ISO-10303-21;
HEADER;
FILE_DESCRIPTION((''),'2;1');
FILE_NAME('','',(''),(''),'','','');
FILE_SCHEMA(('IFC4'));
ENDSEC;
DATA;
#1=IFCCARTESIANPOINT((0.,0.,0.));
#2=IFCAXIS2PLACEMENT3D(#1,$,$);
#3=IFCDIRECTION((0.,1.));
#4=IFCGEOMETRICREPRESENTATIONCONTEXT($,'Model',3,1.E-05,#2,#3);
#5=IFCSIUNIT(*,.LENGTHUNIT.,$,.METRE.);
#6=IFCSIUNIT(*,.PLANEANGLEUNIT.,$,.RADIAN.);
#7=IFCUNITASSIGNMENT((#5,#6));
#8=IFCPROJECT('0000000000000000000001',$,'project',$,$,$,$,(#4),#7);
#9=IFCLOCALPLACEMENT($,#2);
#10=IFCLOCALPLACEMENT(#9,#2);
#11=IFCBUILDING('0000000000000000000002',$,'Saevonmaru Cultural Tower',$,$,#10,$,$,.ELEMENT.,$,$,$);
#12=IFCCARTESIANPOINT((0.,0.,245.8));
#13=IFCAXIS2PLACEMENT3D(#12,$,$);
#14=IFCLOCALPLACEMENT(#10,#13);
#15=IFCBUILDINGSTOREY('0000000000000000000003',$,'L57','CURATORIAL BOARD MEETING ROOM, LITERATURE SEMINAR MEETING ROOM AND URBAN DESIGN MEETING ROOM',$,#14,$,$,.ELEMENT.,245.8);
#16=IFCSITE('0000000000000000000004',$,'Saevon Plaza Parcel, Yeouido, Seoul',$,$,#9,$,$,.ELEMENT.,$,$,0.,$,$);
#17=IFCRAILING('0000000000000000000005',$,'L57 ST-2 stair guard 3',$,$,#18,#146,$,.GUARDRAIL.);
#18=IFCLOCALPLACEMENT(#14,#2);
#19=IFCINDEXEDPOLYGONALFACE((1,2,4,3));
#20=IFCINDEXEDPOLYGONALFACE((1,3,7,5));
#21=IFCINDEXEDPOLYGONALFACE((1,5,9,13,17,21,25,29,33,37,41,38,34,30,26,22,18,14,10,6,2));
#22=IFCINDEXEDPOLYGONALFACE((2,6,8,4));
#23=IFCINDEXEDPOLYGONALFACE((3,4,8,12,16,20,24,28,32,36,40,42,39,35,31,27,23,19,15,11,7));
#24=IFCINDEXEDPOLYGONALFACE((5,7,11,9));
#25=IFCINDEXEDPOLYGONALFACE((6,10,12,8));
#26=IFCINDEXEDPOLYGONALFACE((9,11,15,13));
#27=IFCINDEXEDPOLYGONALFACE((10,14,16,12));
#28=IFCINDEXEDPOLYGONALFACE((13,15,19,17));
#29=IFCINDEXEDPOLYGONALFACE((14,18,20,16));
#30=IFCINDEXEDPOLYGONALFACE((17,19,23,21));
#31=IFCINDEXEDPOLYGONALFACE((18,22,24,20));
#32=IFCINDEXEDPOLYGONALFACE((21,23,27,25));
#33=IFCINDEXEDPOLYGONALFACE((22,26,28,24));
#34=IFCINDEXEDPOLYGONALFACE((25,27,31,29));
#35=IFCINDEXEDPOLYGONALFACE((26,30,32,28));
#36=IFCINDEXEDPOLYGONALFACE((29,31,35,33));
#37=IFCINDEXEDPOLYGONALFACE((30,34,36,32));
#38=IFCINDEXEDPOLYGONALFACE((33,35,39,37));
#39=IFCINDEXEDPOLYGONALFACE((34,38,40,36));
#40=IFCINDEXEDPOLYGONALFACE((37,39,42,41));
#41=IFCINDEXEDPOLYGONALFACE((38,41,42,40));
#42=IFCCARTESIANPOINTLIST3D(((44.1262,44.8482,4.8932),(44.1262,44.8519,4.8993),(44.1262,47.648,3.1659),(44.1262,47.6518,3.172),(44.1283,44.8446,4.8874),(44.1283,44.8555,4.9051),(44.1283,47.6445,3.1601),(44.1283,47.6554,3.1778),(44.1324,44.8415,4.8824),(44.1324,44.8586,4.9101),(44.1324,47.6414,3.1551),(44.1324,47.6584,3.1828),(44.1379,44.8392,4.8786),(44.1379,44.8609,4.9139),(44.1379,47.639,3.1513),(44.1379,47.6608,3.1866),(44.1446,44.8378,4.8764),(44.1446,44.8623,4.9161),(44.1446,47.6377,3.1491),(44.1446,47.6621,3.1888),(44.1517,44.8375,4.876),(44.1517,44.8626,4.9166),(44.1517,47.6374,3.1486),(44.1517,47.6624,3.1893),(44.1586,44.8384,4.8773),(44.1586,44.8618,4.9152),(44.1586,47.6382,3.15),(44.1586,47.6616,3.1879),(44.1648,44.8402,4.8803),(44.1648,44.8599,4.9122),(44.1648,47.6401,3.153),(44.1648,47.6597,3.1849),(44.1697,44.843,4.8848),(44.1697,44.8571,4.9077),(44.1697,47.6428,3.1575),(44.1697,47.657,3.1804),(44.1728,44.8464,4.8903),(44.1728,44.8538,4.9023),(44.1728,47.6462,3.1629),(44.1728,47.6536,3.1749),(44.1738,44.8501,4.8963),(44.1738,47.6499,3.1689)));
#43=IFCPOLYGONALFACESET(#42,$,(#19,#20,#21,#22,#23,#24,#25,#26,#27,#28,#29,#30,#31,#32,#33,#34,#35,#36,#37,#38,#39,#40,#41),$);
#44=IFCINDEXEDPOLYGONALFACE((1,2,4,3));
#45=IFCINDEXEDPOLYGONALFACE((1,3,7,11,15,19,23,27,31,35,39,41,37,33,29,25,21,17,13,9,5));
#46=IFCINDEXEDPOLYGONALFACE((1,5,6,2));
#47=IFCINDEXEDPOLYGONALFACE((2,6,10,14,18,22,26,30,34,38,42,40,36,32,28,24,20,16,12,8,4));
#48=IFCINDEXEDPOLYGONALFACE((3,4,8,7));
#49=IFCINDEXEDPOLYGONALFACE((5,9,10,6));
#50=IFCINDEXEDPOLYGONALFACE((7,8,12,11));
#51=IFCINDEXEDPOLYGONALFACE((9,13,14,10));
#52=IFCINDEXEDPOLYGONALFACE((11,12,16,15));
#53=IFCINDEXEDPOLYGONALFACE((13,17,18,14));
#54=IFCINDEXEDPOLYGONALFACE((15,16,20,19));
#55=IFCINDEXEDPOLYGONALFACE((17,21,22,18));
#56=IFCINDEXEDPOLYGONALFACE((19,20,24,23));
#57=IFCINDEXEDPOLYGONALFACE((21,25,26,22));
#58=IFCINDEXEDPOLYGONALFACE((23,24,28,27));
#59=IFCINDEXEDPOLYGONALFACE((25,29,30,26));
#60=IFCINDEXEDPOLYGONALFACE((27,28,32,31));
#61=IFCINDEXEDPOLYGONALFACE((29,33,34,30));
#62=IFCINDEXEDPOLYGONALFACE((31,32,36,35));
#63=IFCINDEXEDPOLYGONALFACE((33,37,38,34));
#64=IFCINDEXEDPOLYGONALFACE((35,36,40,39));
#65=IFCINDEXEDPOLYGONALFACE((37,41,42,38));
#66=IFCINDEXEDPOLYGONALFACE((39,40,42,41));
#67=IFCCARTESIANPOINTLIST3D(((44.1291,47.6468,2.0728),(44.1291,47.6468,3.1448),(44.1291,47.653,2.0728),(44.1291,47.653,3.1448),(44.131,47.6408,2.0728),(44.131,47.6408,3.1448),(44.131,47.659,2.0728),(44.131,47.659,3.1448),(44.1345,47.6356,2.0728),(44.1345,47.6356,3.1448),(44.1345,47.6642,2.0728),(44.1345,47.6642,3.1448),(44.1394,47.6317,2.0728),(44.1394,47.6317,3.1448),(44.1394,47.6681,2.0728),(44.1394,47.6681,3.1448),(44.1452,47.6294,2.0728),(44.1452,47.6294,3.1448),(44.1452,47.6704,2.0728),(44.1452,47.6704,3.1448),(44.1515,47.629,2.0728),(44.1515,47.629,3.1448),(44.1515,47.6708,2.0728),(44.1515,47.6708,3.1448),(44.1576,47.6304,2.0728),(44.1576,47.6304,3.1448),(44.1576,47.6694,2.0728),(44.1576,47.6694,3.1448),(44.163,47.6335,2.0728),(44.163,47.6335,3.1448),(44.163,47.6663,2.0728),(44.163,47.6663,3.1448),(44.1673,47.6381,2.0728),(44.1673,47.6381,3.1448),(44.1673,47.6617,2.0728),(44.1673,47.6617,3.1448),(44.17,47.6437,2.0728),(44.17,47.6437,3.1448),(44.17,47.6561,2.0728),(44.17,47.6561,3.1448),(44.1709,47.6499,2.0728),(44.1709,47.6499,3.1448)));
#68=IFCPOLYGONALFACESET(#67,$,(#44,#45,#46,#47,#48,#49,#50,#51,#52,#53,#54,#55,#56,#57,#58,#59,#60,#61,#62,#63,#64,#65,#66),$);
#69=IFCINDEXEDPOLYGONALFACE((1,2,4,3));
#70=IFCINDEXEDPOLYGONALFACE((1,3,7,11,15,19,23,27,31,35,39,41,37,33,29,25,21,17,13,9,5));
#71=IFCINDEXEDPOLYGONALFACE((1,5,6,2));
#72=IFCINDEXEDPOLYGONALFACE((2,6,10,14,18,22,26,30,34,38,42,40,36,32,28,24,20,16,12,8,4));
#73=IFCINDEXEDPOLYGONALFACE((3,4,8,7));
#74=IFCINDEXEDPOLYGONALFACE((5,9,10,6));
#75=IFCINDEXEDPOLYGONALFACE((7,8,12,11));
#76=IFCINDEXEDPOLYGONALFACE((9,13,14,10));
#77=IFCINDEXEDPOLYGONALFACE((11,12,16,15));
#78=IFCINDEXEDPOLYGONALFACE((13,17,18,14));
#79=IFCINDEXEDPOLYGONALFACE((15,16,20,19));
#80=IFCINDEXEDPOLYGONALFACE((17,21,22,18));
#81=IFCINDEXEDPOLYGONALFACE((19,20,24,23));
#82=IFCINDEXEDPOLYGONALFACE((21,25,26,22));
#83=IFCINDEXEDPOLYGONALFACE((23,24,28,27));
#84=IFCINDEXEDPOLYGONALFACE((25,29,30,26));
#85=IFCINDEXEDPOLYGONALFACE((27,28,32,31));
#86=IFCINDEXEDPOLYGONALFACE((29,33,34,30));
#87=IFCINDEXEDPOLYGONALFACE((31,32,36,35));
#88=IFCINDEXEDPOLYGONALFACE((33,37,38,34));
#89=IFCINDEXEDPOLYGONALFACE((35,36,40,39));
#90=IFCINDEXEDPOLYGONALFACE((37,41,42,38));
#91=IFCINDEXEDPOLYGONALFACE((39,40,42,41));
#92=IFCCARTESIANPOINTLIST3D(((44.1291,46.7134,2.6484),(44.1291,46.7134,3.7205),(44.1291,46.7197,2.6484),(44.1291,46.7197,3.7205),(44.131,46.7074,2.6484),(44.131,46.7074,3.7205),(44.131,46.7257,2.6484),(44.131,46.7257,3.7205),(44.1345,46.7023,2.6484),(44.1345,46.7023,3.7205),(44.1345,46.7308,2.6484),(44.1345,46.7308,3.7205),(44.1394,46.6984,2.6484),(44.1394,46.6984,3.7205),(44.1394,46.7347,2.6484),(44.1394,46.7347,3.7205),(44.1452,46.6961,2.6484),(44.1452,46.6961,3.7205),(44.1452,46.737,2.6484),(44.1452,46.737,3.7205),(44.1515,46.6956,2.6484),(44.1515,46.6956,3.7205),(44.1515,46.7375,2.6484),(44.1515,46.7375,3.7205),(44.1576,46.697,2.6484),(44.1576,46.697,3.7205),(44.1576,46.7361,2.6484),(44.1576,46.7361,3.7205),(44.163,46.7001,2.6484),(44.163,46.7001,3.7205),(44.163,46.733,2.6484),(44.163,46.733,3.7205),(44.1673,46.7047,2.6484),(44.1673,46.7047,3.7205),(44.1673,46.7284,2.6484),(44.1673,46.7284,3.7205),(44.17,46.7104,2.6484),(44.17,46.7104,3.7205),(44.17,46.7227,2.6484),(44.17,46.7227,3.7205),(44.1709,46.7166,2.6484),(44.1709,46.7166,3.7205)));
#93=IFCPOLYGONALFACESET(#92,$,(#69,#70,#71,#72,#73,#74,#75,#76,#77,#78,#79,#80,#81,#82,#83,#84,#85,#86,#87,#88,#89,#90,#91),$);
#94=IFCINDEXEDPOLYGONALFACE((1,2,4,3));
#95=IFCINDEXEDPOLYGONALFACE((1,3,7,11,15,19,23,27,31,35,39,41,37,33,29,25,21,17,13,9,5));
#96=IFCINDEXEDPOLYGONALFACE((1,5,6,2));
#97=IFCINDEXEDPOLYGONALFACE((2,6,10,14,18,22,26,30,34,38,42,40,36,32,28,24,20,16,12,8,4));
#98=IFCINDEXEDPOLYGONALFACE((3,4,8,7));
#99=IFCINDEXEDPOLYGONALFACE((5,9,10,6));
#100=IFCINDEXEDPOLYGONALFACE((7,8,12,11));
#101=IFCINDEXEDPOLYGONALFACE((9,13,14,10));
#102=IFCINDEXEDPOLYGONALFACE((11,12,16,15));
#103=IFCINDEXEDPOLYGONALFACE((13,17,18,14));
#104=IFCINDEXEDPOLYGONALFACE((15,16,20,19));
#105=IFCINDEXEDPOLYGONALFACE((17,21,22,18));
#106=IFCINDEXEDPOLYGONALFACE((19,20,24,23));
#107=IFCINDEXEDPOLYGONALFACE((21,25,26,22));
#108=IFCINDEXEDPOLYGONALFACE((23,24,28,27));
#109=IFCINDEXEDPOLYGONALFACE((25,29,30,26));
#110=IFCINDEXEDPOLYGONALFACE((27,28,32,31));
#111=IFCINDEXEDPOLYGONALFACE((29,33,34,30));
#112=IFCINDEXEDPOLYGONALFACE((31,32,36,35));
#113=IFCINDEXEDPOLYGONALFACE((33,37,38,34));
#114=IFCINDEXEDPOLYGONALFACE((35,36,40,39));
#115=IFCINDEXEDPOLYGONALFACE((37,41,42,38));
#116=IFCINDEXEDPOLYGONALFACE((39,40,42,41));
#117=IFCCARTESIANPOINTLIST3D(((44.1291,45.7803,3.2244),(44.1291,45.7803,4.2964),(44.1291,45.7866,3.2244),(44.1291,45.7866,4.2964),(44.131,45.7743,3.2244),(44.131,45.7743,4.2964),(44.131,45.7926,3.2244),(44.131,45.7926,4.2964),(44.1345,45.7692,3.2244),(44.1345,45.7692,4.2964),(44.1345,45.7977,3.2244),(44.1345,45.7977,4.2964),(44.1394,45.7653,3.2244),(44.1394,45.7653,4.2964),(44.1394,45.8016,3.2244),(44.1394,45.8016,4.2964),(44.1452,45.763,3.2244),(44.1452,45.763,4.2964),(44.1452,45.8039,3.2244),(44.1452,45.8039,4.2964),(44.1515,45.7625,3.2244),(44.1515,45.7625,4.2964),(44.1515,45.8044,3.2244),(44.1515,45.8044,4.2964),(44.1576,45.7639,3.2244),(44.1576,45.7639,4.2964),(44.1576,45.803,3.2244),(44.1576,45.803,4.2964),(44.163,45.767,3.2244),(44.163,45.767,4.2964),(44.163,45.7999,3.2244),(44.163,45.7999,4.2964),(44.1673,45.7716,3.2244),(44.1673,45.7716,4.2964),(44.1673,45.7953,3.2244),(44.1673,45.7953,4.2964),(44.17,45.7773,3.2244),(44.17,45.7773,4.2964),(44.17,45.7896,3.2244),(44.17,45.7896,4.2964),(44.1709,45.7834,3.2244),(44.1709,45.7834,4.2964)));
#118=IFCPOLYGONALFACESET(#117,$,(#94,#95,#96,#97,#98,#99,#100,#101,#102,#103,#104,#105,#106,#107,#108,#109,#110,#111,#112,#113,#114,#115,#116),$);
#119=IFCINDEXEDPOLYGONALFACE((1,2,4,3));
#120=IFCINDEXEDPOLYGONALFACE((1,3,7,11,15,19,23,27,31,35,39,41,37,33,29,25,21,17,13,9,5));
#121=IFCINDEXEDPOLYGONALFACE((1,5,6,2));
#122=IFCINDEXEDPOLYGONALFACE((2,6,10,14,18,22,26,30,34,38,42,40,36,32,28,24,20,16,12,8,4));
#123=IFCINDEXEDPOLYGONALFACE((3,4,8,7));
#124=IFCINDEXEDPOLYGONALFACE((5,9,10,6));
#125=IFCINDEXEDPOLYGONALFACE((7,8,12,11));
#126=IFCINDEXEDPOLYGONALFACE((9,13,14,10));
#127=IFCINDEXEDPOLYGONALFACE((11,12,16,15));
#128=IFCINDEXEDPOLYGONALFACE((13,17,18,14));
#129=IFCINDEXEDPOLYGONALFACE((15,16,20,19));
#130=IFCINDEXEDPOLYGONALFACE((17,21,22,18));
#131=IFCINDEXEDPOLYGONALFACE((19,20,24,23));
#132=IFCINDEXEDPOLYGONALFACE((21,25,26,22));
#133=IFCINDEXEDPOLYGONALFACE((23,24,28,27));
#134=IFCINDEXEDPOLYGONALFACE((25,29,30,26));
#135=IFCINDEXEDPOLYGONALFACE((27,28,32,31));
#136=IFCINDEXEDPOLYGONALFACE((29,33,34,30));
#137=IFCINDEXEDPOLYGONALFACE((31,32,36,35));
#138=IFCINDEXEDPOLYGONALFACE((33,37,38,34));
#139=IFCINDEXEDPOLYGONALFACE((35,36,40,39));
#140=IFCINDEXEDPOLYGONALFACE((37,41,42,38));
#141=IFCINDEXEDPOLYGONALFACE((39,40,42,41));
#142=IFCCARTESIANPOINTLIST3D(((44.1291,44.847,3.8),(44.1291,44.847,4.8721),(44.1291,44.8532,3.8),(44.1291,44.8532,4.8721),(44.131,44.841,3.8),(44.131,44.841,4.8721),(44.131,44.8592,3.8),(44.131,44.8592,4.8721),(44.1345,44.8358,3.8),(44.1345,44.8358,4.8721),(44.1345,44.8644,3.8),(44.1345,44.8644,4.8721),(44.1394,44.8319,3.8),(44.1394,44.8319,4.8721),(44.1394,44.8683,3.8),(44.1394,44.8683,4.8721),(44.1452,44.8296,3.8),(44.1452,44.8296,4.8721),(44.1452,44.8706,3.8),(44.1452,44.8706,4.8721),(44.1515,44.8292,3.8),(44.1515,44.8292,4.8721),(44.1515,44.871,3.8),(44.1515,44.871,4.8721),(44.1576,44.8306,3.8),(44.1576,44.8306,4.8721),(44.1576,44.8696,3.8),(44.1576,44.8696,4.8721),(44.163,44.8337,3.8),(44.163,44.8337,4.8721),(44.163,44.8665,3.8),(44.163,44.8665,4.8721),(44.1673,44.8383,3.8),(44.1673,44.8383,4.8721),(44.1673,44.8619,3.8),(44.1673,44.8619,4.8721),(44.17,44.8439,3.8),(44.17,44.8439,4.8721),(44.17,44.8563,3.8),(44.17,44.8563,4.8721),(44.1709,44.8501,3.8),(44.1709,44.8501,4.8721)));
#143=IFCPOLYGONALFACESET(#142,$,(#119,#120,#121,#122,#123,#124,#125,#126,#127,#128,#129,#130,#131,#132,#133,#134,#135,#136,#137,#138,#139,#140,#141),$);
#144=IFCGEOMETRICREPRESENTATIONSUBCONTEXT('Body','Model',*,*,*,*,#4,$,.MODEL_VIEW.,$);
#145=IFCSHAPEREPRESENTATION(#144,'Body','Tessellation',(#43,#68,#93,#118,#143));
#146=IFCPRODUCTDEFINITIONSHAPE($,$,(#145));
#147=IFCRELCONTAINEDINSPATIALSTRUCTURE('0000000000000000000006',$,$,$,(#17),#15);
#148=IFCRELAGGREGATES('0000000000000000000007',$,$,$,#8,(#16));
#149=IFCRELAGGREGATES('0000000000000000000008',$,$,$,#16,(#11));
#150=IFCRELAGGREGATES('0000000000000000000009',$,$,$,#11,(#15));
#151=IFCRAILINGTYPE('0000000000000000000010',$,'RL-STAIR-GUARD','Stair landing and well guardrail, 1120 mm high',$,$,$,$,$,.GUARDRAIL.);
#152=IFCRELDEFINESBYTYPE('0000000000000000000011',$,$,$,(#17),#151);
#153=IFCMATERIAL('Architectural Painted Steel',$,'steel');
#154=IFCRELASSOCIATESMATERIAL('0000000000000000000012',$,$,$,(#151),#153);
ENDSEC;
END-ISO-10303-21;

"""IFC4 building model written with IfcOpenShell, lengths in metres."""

from ifc_helpers import new_model, si_unit, direction, frame, origin, origin_2d, place, context, subcontext, project, spatial, circle, extrude, material, type_object, element, save


model = new_model("IFC4")

# Units and contexts
model_context = context("Model", 3, precision=1e-05, world=origin(), true_north=direction((0.0, 1.0)))
body_context = subcontext(model_context, "Body", "Model", "MODEL_VIEW")
ifc_project = project(units=[si_unit("LENGTHUNIT", "METRE"), si_unit("PLANEANGLEUNIT", "RADIAN")], contexts=[model_context])

# Site, building, storey
site_placement = place(None, origin())
site = spatial("IfcSite", under=ifc_project, at=site_placement, Name="Saevon Plaza Parcel, Yeouido, Seoul", CompositionType="ELEMENT", RefElevation=0.0)
building_placement = place(site_placement, origin())
building = spatial("IfcBuilding", under=site, at=building_placement, Name="Saevonmaru Cultural Tower", CompositionType="ELEMENT")
storey_placement = place(building_placement, frame((0.0, 0.0, 245.8)))
storey = spatial("IfcBuildingStorey", under=building, at=storey_placement, Name="L57", Description="CURATORIAL BOARD MEETING ROOM, LITERATURE SEMINAR MEETING ROOM AND URBAN DESIGN MEETING ROOM", CompositionType="ELEMENT", Elevation=245.8)

# Railing
ifc_material_1 = material(Name="Architectural Painted Steel", Category="steel")
railing_type_1 = type_object("IfcRailingType", Name="RL-STAIR-GUARD", Description="Stair landing and well guardrail, 1120 mm high", PredefinedType="GUARDRAIL", material=ifc_material_1)
railing_1_placement = place(storey_placement, frame((44.1499, 47.6499, 2.0728)))
element("IfcRailing", 1, at=railing_1_placement, inside=storey, type_object=railing_type_1, Name="L57 ST-2 stair guard 3", PredefinedType="GUARDRAIL", context=body_context, shape_type="SweptSolid", body=[
    extrude(circle(Radius=0.0239, at=origin_2d()), frame((0.0, 0.0, 1.0962), z_axis=(0.0, -0.851069, 0.525054), x_axis=(1.0, 0.0, 0.0)), (0.0, 0.0, 1.0), 3.2898),
    extrude(circle(Radius=0.021, at=origin_2d()), origin(), (0.0, 0.0, 1.0), 1.072),
    extrude(circle(Radius=0.021, at=origin_2d()), frame((0.0, -0.9333, 0.5757)), (0.0, 0.0, 1.0), 1.072),
    extrude(circle(Radius=0.021, at=origin_2d()), frame((0.0, -1.8665, 1.1516)), (0.0, 0.0, 1.0), 1.072),
    extrude(circle(Radius=0.021, at=origin_2d()), frame((0.0, -2.7998, 1.7273)), (0.0, 0.0, 1.0), 1.072),
])

save(model, "model.ifc")
